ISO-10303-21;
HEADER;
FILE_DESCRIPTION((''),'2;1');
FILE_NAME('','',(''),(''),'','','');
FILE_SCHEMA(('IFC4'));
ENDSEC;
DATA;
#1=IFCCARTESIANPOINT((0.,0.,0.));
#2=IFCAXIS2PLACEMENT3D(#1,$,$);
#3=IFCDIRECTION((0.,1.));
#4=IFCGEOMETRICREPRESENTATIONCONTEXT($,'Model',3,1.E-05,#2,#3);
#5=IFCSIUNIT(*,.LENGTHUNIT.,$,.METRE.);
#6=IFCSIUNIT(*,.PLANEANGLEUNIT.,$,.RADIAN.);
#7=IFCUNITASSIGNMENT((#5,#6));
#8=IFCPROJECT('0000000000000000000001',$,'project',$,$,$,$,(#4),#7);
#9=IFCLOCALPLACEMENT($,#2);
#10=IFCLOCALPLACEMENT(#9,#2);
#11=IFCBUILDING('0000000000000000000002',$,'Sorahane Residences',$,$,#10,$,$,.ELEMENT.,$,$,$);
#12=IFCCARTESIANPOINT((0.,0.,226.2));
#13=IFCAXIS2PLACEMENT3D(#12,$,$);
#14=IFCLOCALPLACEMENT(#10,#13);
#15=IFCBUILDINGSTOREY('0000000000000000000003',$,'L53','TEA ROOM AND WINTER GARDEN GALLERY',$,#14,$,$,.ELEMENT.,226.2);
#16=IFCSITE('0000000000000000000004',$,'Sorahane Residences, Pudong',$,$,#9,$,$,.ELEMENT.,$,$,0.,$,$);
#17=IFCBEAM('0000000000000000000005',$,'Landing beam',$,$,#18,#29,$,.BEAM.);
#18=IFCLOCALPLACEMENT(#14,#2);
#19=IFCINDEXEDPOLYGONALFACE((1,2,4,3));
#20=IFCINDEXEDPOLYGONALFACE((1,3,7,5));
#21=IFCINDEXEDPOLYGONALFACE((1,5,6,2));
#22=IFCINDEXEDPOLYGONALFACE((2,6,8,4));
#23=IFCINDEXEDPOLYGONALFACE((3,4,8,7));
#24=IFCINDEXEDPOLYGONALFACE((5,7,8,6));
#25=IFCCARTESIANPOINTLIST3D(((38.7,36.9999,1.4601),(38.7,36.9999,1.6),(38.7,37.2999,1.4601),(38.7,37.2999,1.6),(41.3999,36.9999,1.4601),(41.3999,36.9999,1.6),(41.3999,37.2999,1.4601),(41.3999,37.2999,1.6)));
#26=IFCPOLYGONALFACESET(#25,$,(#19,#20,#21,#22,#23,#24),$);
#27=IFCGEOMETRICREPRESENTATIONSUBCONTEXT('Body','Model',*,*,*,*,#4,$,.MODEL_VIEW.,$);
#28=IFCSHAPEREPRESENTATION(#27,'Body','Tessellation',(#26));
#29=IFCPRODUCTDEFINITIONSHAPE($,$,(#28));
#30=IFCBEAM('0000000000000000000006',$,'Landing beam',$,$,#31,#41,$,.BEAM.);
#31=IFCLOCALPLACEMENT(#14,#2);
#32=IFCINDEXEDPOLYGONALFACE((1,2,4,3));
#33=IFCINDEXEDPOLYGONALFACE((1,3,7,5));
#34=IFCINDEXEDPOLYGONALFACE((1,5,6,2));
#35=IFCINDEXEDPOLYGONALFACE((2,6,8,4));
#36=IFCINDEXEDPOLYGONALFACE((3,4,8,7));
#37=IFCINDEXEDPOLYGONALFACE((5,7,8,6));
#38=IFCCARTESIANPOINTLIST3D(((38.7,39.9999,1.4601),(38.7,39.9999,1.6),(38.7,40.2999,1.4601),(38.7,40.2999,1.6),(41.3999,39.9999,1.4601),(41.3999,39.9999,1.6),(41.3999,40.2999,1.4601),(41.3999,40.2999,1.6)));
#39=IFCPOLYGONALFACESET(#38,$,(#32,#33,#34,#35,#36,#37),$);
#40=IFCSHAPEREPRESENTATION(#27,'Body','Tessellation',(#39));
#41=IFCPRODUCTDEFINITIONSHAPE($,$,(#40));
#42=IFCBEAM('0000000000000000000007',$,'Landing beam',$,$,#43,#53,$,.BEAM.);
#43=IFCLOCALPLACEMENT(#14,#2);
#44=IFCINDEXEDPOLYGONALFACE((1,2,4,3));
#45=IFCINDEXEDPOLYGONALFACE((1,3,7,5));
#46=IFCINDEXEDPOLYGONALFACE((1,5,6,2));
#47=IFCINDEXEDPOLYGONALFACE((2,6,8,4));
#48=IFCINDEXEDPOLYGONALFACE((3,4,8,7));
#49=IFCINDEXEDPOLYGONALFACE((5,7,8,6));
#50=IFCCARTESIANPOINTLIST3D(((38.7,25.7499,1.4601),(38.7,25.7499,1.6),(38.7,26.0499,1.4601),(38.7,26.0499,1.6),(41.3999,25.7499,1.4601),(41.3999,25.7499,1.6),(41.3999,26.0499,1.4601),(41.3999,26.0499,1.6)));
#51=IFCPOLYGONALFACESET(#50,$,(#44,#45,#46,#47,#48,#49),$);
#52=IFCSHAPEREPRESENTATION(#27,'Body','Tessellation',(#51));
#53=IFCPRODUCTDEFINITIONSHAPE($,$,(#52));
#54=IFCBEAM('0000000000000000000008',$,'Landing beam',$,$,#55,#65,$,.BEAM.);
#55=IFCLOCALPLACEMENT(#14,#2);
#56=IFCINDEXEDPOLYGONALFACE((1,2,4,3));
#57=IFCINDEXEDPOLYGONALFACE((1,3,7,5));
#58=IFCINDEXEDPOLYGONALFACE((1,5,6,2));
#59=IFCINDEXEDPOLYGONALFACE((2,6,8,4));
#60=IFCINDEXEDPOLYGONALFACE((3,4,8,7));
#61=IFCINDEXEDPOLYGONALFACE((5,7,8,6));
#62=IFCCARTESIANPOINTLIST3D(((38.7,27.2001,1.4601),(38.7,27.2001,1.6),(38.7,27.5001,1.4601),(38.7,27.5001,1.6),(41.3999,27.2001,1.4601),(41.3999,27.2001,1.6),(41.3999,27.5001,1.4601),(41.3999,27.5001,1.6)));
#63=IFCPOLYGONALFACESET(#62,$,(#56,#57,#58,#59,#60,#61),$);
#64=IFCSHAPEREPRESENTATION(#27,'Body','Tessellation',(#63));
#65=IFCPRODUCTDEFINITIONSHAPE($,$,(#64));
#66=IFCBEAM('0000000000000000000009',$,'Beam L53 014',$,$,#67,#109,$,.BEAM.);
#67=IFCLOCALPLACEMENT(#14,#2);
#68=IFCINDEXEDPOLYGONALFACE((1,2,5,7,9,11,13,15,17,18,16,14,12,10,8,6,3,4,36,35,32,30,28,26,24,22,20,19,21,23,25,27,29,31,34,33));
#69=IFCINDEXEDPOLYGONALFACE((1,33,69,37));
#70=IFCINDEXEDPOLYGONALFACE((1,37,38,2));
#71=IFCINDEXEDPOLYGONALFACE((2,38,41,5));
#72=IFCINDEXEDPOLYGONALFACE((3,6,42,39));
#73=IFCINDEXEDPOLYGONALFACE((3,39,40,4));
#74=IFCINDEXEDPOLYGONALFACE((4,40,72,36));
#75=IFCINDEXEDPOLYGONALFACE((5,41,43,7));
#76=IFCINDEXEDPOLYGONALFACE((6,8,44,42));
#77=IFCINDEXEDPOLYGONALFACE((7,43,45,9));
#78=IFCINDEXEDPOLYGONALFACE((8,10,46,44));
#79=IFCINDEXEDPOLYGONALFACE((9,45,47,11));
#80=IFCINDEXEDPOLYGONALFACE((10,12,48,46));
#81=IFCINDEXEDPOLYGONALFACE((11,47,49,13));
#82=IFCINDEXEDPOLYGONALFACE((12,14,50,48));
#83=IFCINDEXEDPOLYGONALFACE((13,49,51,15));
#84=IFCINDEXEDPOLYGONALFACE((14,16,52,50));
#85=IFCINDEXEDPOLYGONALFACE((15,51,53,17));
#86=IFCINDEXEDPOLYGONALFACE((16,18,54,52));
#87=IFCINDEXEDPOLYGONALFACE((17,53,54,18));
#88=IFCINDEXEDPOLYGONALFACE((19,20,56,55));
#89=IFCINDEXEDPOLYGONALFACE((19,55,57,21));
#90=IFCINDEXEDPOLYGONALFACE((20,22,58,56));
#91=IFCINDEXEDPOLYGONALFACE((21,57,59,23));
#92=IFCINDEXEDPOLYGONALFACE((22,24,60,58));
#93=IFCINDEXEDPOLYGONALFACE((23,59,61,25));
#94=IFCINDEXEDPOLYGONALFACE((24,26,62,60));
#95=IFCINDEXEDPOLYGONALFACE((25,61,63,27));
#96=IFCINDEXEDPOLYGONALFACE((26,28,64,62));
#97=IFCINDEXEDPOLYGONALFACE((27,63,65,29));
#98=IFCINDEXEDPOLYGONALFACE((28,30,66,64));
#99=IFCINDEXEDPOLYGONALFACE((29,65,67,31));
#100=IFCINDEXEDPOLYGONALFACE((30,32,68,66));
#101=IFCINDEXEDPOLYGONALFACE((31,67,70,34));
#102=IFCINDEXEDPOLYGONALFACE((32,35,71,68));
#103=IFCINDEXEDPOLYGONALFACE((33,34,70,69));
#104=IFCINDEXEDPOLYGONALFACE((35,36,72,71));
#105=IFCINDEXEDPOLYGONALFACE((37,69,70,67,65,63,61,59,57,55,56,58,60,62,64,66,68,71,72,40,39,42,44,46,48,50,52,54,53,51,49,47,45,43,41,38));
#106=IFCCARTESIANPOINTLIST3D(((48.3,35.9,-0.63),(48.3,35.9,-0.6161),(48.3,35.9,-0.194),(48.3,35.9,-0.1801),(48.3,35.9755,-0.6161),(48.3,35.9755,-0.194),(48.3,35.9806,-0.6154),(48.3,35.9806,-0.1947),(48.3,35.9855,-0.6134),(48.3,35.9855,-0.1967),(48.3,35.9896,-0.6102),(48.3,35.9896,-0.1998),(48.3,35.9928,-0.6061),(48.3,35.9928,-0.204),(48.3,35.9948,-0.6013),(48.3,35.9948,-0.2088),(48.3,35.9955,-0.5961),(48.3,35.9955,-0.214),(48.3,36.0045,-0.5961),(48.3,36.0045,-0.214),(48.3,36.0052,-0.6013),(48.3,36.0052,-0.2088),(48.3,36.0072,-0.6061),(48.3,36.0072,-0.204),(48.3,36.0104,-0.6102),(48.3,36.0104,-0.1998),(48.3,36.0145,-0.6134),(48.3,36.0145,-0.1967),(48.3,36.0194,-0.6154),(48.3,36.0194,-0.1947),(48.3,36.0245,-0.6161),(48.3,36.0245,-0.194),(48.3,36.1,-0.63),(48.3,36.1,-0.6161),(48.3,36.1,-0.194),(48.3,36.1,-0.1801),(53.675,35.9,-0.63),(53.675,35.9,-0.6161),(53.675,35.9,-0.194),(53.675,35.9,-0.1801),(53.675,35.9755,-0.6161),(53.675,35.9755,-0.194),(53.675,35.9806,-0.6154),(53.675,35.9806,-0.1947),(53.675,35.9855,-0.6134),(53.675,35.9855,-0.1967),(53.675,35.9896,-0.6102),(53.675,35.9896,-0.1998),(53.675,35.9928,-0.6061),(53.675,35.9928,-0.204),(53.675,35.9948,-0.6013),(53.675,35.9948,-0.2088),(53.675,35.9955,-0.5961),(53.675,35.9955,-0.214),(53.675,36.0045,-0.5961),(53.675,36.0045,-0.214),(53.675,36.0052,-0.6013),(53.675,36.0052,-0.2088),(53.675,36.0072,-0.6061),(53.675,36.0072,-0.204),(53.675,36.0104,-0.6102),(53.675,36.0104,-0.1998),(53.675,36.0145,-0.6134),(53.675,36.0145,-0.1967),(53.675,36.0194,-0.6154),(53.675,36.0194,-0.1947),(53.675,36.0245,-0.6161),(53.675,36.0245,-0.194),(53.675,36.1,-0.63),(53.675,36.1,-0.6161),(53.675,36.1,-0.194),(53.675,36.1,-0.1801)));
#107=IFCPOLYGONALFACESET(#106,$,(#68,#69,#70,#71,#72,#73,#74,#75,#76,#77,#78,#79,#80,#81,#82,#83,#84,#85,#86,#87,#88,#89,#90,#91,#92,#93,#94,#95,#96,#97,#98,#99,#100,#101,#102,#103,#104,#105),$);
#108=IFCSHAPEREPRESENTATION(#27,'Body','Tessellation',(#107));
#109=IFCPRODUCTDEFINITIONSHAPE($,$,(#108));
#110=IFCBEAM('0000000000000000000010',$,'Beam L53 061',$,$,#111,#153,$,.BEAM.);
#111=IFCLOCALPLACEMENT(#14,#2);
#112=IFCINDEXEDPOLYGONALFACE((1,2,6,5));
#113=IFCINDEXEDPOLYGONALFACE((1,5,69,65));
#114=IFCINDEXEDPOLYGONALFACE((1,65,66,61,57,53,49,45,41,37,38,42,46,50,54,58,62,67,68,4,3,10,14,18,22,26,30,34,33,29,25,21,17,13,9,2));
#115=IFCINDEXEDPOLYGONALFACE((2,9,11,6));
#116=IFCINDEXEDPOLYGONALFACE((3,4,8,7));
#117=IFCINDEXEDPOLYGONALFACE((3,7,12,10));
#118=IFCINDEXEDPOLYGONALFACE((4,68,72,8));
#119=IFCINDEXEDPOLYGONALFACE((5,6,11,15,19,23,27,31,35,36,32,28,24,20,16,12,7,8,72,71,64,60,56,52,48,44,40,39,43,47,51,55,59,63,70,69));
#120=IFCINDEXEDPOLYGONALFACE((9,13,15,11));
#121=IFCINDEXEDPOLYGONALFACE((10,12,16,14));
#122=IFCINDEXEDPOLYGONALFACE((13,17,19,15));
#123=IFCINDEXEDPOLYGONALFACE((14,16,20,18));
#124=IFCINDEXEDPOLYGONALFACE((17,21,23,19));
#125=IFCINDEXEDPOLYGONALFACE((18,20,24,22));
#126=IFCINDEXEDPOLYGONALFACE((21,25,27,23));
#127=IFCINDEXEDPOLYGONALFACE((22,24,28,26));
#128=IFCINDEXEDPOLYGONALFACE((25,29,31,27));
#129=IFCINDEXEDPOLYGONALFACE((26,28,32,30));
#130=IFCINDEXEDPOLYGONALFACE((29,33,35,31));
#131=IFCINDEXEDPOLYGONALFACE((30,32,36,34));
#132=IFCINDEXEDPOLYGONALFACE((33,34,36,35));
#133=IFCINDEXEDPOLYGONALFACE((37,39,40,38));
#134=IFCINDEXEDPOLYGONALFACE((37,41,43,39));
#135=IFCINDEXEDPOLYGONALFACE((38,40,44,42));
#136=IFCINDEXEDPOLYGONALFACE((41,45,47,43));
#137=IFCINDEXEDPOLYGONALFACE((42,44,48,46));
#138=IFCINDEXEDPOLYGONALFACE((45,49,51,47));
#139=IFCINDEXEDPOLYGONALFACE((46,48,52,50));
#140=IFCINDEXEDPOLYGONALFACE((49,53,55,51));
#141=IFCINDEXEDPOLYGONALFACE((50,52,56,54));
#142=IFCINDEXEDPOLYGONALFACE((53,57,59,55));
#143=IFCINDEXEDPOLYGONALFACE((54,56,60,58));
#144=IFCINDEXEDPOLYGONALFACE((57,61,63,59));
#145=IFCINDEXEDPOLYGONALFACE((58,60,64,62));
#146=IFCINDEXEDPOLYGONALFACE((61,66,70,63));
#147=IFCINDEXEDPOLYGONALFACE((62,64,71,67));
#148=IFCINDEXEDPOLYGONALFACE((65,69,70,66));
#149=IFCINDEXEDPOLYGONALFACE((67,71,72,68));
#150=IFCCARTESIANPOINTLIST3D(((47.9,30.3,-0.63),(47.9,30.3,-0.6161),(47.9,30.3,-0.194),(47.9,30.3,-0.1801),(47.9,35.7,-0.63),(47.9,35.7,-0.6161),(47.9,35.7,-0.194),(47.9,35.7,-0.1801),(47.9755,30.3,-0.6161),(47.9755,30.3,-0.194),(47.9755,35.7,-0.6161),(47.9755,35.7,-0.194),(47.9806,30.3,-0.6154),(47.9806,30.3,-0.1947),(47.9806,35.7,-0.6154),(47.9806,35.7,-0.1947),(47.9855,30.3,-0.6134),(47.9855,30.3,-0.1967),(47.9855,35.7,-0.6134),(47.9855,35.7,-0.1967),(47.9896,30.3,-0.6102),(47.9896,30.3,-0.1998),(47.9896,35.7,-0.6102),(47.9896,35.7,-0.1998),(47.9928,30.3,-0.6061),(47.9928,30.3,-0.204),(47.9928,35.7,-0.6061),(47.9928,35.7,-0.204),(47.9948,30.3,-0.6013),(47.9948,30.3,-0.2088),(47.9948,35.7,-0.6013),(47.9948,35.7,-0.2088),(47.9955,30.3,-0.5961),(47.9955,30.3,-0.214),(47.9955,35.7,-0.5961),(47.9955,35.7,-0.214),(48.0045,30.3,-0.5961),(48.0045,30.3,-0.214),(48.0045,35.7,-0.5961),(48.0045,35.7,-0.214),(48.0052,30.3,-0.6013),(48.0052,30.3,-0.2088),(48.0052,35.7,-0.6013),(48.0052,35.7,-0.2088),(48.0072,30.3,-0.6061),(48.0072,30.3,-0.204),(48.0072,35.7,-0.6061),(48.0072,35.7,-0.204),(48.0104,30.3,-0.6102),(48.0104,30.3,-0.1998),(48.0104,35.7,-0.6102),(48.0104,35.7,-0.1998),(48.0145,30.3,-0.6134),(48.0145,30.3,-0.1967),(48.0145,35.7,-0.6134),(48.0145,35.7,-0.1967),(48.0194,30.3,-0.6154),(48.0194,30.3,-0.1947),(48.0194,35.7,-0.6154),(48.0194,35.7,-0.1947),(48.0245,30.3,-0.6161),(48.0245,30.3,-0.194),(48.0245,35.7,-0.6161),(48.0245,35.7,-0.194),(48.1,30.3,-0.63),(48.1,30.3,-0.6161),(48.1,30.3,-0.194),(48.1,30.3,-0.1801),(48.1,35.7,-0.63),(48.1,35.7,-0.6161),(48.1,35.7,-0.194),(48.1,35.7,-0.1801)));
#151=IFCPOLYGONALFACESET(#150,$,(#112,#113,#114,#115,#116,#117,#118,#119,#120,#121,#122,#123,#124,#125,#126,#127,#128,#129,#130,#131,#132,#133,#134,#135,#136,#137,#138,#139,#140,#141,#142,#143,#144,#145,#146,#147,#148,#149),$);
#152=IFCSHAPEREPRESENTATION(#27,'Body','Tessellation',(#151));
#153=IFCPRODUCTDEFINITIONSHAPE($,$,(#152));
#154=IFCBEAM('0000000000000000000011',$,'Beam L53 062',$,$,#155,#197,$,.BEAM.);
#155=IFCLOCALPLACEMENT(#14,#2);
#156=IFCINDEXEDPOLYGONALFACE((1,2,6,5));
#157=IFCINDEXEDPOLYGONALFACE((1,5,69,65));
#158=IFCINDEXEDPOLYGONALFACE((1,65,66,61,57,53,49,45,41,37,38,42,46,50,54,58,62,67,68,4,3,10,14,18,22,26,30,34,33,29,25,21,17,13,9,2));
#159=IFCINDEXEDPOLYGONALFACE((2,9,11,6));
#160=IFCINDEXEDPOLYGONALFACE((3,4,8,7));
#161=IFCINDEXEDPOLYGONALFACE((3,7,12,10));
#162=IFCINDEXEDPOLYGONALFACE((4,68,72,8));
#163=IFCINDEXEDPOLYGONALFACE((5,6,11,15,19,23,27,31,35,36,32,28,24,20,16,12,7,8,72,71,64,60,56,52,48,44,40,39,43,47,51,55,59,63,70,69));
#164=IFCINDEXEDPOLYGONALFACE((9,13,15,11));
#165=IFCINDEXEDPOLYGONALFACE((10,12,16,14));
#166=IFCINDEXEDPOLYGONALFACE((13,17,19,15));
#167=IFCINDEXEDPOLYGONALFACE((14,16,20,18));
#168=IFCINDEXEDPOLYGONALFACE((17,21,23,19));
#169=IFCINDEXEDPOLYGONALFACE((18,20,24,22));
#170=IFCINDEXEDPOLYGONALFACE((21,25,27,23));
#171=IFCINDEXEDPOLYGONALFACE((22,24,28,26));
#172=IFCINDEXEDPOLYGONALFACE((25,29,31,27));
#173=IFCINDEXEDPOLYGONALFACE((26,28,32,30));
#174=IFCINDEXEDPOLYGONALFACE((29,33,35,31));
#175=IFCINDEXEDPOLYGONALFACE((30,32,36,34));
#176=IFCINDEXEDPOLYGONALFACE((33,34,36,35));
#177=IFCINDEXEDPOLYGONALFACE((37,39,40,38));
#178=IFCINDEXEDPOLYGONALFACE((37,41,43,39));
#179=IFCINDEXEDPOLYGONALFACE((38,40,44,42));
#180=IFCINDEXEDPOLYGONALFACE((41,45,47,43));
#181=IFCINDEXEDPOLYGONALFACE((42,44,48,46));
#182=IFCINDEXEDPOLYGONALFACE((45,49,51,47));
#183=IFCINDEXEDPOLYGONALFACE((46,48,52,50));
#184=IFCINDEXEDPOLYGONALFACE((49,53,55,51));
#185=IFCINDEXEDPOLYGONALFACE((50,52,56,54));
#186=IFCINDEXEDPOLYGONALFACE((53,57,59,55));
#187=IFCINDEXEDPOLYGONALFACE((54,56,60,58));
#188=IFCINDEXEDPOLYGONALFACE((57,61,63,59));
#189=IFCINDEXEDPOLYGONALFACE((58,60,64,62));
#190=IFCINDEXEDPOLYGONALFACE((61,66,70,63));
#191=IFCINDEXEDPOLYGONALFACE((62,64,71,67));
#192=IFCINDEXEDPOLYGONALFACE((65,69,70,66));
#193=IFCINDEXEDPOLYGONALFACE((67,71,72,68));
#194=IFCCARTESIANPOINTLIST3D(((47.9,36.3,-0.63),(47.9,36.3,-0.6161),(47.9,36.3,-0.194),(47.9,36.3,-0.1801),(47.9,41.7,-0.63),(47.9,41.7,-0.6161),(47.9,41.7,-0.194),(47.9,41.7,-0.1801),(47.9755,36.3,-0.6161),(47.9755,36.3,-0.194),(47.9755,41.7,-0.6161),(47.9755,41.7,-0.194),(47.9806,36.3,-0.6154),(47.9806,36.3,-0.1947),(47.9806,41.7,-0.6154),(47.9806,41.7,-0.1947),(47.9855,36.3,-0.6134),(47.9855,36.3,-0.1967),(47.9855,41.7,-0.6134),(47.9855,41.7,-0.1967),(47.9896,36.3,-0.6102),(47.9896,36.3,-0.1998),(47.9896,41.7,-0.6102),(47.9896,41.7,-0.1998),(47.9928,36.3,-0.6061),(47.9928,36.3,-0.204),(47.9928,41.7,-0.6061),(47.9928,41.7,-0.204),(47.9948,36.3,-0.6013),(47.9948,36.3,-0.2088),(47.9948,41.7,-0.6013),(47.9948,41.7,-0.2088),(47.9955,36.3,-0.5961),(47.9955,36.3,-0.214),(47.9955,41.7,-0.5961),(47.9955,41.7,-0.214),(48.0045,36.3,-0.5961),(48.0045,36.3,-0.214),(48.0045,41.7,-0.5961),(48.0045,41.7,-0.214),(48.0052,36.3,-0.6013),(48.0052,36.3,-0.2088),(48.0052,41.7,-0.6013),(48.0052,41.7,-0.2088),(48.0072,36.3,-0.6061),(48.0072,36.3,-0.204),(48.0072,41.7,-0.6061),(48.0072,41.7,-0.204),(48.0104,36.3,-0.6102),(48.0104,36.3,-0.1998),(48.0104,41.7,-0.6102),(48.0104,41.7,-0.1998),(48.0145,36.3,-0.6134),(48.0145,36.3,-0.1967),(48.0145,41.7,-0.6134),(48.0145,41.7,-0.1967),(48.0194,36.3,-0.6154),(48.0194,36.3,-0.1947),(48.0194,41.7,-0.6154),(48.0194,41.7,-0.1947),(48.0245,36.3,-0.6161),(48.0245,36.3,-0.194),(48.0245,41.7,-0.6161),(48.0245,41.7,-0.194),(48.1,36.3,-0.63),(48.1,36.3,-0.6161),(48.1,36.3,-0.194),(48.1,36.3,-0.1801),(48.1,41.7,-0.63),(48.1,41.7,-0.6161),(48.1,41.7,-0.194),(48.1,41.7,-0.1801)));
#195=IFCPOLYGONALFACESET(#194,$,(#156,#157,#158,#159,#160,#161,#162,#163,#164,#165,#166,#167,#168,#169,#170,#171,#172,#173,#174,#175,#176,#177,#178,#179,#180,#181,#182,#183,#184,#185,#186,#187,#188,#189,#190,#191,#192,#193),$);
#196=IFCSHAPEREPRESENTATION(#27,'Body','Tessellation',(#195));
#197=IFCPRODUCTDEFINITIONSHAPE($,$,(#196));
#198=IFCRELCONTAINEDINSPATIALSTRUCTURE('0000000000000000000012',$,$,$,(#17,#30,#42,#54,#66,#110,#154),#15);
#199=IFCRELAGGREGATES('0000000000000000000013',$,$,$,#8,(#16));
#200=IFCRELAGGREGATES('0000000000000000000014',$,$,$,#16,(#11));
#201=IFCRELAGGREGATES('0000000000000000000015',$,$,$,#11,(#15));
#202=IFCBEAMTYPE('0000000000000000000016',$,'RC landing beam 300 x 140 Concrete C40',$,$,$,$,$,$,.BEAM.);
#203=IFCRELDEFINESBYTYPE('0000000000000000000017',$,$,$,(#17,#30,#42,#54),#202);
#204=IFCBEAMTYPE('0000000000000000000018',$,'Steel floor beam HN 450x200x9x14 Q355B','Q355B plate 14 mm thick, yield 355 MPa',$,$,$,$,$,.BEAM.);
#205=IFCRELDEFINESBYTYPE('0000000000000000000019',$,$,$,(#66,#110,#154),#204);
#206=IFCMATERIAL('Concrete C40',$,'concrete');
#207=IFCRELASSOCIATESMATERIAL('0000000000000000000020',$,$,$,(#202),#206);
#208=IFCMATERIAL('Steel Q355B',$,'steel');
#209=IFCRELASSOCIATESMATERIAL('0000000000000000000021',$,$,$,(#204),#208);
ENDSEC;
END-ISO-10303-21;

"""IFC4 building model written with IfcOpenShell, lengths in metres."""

from ifc_helpers import new_model, si_unit, direction, frame, origin, origin_2d, place, context, subcontext, project, spatial, rectangle, i_section, extrude, material, material_profile, profile_set, type_object, element, save


model = new_model("IFC4")

# Units and contexts
model_context = context("Model", 3, precision=1e-05, world=origin(), true_north=direction((0.0, 1.0)))
body_context = subcontext(model_context, "Body", "Model", "MODEL_VIEW")
ifc_project = project(units=[si_unit("LENGTHUNIT", "METRE"), si_unit("PLANEANGLEUNIT", "RADIAN")], contexts=[model_context])

# Site, building, storey
site_placement = place(None, origin())
site = spatial("IfcSite", under=ifc_project, at=site_placement, Name="Sorahane Residences, Pudong", CompositionType="ELEMENT", RefElevation=0.0)
building_placement = place(site_placement, origin())
building = spatial("IfcBuilding", under=site, at=building_placement, Name="Sorahane Residences", CompositionType="ELEMENT")
storey_placement = place(building_placement, frame((0.0, 0.0, 226.2)))
storey = spatial("IfcBuildingStorey", under=building, at=storey_placement, Name="L53", Description="TEA ROOM AND WINTER GARDEN GALLERY", CompositionType="ELEMENT", Elevation=226.2)

# Beams
ifc_material_1 = material(Name="Concrete C40", Category="concrete")
ifc_material_profile_1 = material_profile(ifc_material_1, rectangle(XDim=0.3, YDim=0.1399, at=origin_2d()), Name="300x140")
ifc_profile_set_1 = profile_set([ifc_material_profile_1], Name="Concrete C40")
beam_type_1 = type_object("IfcBeamType", Name="RC landing beam 300 x 140 Concrete C40", PredefinedType="BEAM", material=ifc_profile_set_1)
for number, where, z_axis, x_axis, name in (
    (1, (38.7, 37.1499, 1.53), (1.0, 0.0, 0.0), (0.0, 1.0, 0.0), "Landing beam"),
    (2, (38.7, 40.1499, 1.53), (1.0, 0.0, 0.0), (0.0, 1.0, 0.0), "Landing beam"),
    (3, (38.7, 25.8999, 1.53), (1.0, 0.0, 0.0), (0.0, 1.0, 0.0), "Landing beam"),
    (4, (38.7, 27.3501, 1.53), (1.0, 0.0, 0.0), (0.0, 1.0, 0.0), "Landing beam"),
):
    element("IfcBeam", number, at=place(storey_placement, frame(where, z_axis=z_axis, x_axis=x_axis)), inside=storey, type_object=beam_type_1, Name=name, PredefinedType="BEAM", context=body_context, shape_type="SweptSolid", body=[
        extrude(rectangle(XDim=0.3, YDim=0.1399, at=origin_2d()), origin(), (0.0, 0.0, 1.0), 2.7),
    ])
ifc_material_2 = material(Name="Steel Q355B", Category="steel")
ifc_material_profile_2 = material_profile(ifc_material_2, i_section(OverallWidth=0.2, OverallDepth=0.45, WebThickness=0.009, FlangeThickness=0.0139, FilletRadius=0.02, at=origin_2d()), Name="HN 450x200x9x14")
ifc_profile_set_2 = profile_set([ifc_material_profile_2], Name="Steel Q355B")
beam_type_2 = type_object("IfcBeamType", Name="Steel floor beam HN 450x200x9x14 Q355B", Description="Q355B plate 14 mm thick, yield 355 MPa", PredefinedType="BEAM", material=ifc_profile_set_2)
beam_1_placement = place(storey_placement, frame((48.3, 36.0, -0.405), z_axis=(1.0, 0.0, 0.0), x_axis=(0.0, 1.0, 0.0)))
element("IfcBeam", 5, at=beam_1_placement, inside=storey, type_object=beam_type_2, Name="Beam L53 014", PredefinedType="BEAM", context=body_context, shape_type="SweptSolid", body=[
    extrude(i_section(OverallWidth=0.2, OverallDepth=0.45, WebThickness=0.009, FlangeThickness=0.0139, FilletRadius=0.02, at=origin_2d()), origin(), (0.0, 0.0, 1.0), 5.375),
])
for number, where, z_axis, x_axis, name in (
    (6, (48.0, 30.3, -0.405), (0.0, 1.0, 0.0), (-1.0, 0.0, 0.0), "Beam L53 061"),
    (7, (48.0, 36.3, -0.405), (0.0, 1.0, 0.0), (-1.0, 0.0, 0.0), "Beam L53 062"),
):
    element("IfcBeam", number, at=place(storey_placement, frame(where, z_axis=z_axis, x_axis=x_axis)), inside=storey, type_object=beam_type_2, Name=name, PredefinedType="BEAM", context=body_context, shape_type="SweptSolid", body=[
        extrude(i_section(OverallWidth=0.2, OverallDepth=0.45, WebThickness=0.009, FlangeThickness=0.0139, FilletRadius=0.02, at=origin_2d()), origin(), (0.0, 0.0, 1.0), 5.3999),
    ])

save(model, "model.ifc")
